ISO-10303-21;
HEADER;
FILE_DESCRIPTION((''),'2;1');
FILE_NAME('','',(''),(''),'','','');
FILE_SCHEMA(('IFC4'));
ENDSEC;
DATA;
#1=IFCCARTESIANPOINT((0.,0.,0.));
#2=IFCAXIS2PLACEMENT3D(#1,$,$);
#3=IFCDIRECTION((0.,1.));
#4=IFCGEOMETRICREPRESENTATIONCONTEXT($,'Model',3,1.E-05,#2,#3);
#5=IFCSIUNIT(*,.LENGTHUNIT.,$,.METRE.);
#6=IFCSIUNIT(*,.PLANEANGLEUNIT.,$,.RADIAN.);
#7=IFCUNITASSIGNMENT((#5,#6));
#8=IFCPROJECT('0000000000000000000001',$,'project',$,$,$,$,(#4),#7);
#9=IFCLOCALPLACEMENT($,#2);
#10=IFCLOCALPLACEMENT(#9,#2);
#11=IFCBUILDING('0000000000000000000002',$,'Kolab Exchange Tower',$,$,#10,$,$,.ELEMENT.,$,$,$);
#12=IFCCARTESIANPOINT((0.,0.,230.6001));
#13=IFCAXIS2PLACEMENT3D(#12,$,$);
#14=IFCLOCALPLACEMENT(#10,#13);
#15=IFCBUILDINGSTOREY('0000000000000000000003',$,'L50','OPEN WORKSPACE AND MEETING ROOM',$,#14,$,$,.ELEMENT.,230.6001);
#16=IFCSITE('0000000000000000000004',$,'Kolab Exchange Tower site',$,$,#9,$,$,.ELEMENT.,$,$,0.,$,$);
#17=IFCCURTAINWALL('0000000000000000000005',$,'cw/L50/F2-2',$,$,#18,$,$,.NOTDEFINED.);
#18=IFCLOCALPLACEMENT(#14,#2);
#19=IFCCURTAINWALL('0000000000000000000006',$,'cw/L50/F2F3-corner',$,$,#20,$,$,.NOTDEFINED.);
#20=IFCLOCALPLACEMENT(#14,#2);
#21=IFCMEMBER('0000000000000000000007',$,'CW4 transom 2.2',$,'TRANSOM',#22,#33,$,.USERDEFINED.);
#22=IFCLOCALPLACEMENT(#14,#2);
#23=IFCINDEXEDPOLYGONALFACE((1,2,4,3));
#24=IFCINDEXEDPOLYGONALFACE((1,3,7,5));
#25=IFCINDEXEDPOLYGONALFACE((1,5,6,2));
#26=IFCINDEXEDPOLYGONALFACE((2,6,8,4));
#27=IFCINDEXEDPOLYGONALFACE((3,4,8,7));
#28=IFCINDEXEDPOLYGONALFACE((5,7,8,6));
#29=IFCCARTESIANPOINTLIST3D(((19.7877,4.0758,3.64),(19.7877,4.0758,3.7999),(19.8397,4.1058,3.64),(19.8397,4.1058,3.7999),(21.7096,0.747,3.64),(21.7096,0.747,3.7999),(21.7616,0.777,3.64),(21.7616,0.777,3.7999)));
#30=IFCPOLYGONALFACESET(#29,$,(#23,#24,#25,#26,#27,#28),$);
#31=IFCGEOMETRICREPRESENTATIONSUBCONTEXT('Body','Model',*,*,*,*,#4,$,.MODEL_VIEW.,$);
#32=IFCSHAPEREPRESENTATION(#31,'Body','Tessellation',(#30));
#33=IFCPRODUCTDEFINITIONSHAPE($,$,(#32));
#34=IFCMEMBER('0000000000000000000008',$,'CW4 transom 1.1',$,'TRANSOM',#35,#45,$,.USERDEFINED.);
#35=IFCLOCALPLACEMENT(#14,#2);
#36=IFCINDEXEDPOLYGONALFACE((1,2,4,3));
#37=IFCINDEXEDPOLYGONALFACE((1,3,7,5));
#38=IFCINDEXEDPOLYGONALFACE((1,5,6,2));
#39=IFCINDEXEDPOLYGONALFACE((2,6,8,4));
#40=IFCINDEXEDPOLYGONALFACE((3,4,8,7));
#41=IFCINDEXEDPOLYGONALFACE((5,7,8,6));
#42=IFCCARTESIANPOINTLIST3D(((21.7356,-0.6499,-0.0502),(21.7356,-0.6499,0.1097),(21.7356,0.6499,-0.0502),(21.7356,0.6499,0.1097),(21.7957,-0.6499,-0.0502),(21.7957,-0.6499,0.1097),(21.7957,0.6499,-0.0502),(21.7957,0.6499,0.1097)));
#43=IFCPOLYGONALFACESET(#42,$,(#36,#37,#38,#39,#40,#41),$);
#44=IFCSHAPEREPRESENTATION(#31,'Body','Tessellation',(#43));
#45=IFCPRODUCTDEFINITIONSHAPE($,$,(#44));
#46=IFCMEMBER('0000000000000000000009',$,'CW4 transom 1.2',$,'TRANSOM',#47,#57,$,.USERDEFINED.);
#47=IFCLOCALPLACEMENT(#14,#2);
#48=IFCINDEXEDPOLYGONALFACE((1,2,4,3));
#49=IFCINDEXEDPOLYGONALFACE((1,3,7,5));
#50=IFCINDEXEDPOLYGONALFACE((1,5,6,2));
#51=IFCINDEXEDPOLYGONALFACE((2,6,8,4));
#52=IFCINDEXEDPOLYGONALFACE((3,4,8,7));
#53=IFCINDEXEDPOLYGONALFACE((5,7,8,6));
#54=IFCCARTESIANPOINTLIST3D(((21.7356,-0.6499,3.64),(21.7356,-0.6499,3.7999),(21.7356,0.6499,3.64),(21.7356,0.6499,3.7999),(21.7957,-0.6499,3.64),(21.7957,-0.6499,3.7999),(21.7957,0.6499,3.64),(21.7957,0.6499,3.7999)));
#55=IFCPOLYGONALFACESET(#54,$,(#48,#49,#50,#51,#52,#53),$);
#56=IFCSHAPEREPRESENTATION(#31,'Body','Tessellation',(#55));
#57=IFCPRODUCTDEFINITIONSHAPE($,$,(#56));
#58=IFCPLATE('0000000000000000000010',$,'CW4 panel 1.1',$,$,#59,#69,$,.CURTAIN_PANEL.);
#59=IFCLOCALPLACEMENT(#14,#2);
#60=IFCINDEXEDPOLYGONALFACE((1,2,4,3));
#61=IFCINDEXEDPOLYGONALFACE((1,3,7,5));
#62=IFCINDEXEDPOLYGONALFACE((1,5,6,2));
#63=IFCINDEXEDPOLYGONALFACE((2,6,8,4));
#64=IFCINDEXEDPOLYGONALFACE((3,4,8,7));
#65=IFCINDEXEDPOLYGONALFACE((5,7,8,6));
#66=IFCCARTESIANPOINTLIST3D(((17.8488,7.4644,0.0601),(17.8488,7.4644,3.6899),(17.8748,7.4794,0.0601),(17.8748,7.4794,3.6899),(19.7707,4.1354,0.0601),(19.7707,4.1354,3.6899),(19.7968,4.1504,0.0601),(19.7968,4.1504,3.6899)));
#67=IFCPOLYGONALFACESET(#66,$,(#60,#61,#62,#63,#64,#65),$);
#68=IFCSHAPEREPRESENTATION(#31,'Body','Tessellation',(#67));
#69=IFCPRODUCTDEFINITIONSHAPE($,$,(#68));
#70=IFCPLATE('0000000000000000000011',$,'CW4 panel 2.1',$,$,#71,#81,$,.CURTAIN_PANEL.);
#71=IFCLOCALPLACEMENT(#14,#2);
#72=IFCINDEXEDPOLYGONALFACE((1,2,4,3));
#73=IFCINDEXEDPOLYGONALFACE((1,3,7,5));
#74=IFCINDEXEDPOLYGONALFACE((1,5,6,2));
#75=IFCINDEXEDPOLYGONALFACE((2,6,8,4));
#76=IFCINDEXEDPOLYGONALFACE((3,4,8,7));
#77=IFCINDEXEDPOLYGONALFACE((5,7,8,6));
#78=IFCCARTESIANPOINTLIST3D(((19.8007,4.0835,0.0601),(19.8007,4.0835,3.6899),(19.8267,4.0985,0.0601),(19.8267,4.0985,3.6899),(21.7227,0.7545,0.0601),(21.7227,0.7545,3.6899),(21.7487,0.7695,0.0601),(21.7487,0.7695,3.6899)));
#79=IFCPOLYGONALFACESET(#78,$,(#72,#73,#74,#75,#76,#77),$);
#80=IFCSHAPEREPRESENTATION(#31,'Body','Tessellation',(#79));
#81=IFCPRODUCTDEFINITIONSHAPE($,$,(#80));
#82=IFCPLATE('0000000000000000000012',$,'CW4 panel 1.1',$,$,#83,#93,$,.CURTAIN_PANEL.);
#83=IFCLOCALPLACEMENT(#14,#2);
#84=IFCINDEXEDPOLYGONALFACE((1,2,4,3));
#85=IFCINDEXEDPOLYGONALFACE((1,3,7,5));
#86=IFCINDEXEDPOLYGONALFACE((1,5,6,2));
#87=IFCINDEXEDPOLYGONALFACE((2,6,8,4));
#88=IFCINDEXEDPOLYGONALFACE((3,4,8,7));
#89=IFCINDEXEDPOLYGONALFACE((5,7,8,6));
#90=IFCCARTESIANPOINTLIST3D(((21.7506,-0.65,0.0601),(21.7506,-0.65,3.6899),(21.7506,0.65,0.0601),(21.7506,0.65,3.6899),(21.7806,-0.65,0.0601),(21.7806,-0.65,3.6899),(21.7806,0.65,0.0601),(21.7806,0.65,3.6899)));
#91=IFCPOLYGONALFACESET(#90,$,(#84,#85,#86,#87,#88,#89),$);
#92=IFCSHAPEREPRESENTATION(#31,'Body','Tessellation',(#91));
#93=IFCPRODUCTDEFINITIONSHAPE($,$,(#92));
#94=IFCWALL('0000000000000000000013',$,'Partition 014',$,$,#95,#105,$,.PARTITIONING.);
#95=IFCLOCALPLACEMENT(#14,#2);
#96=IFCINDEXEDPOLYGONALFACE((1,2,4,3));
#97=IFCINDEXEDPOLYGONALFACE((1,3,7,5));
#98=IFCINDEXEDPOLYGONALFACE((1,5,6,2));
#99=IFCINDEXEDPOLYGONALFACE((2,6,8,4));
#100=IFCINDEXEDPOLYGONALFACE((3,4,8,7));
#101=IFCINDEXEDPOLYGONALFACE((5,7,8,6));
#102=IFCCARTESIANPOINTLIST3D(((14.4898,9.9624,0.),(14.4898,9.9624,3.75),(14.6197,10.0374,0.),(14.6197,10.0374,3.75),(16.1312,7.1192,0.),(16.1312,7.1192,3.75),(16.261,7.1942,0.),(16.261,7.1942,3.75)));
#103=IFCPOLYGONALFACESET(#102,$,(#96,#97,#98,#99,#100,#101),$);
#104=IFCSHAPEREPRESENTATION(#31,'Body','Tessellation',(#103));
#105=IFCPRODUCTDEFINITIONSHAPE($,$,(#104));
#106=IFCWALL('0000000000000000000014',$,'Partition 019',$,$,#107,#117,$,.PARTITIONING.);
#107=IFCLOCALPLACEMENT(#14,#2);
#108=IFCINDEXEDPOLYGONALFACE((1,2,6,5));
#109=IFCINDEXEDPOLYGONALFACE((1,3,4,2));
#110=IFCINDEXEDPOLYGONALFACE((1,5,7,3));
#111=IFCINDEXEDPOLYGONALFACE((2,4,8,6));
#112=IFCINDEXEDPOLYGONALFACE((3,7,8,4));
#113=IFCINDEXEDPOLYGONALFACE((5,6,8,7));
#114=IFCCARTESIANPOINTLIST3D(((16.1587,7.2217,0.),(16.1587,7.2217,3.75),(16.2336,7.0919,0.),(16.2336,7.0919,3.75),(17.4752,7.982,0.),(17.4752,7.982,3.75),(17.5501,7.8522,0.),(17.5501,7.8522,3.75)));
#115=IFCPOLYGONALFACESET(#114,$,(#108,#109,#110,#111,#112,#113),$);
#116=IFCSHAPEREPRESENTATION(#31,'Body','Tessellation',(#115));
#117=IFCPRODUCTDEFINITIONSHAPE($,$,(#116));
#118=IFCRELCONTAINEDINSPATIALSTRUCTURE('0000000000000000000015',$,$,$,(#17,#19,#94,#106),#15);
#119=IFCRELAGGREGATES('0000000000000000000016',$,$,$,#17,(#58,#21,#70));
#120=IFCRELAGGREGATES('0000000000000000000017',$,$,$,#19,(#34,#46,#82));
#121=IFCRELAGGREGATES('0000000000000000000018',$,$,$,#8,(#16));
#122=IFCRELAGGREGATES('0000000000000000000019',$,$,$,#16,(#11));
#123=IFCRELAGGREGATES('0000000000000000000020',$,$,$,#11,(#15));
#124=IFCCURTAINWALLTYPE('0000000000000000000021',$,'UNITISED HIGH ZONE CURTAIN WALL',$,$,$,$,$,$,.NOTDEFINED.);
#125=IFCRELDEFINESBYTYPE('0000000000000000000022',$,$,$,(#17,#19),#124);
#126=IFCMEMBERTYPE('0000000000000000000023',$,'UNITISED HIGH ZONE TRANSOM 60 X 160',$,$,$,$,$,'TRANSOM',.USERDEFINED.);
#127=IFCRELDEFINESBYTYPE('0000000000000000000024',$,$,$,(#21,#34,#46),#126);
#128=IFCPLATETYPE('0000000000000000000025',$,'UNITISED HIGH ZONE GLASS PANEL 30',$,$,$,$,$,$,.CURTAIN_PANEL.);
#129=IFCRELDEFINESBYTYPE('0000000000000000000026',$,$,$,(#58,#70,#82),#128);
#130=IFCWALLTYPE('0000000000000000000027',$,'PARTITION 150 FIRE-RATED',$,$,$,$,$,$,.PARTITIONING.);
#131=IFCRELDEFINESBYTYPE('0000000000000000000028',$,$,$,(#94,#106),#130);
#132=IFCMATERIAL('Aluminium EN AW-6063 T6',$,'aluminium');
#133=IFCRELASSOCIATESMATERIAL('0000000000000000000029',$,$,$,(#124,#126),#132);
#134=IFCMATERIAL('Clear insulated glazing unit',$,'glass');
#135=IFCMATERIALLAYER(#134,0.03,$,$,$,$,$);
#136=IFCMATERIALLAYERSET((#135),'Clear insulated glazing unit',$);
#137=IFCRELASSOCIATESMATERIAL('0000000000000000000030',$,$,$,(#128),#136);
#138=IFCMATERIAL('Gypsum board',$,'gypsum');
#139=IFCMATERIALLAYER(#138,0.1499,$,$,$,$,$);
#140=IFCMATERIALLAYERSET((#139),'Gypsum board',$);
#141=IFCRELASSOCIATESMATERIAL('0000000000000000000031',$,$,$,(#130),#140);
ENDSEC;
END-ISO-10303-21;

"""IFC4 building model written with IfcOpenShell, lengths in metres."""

from ifc_helpers import new_model, si_unit, direction, frame, frame_2d, origin, origin_2d, place, context, subcontext, project, spatial, rectangle, extrude, material, layer, layer_set, material_profile, profile_set, type_object, element, aggregate, save


model = new_model("IFC4")

# Units and contexts
model_context = context("Model", 3, precision=1e-05, world=origin(), true_north=direction((0.0, 1.0)))
body_context = subcontext(model_context, "Body", "Model", "MODEL_VIEW")
ifc_project = project(units=[si_unit("LENGTHUNIT", "METRE"), si_unit("PLANEANGLEUNIT", "RADIAN")], contexts=[model_context])

# Site, building, storey
site_placement = place(None, origin())
site = spatial("IfcSite", under=ifc_project, at=site_placement, Name="Kolab Exchange Tower site", CompositionType="ELEMENT", RefElevation=0.0)
building_placement = place(site_placement, origin())
building = spatial("IfcBuilding", under=site, at=building_placement, Name="Kolab Exchange Tower", CompositionType="ELEMENT")
storey_placement = place(building_placement, frame((0.0, 0.0, 230.6001)))
storey = spatial("IfcBuildingStorey", under=building, at=storey_placement, Name="L50", Description="OPEN WORKSPACE AND MEETING ROOM", CompositionType="ELEMENT", Elevation=230.6001)

# Curtain wall
ifc_material_1 = material(Name="Aluminium EN AW-6063 T6", Category="aluminium")
curtain_wall_type = type_object("IfcCurtainWallType", Name="UNITISED HIGH ZONE CURTAIN WALL", PredefinedType="NOTDEFINED", material=ifc_material_1)
curtain_wall_1_placement = place(storey_placement, origin())
curtain_wall_1 = element("IfcCurtainWall", 1, at=curtain_wall_1_placement, inside=storey, type_object=curtain_wall_type, Name="cw/L50/F2-2", PredefinedType="NOTDEFINED")

# Curtain wall
curtain_wall_2_placement = place(storey_placement, origin())
curtain_wall_2 = element("IfcCurtainWall", 2, at=curtain_wall_2_placement, inside=storey, type_object=curtain_wall_type, Name="cw/L50/F2F3-corner", PredefinedType="NOTDEFINED")

# Members
ifc_material_profile_1 = material_profile(ifc_material_1, rectangle(XDim=0.0601, YDim=0.1599, at=origin_2d()), Name="RECT 60X160")
ifc_profile_set_1 = profile_set([ifc_material_profile_1], Name="Aluminium EN AW-6063 T6")
member_type_1 = type_object("IfcMemberType", Name="UNITISED HIGH ZONE TRANSOM 60 X 160", ElementType="TRANSOM", PredefinedType="USERDEFINED", material=ifc_profile_set_1)
member_1_placement = place(storey_placement, frame((19.8137, 4.0908, 3.72), z_axis=(0.499992, -0.86603, 0.0), x_axis=(0.86603, 0.499992, 0.0)))
member_1 = element("IfcMember", 3, at=member_1_placement, type_object=member_type_1, Name="CW4 transom 2.2", ObjectType="TRANSOM", PredefinedType="USERDEFINED", context=body_context, shape_type="SweptSolid", body=[
    extrude(rectangle(XDim=0.0601, YDim=0.1599, at=origin_2d()), origin(), (0.0, 0.0, 1.0), 3.8438),
])
member_2_placement = place(storey_placement, frame((21.7656, 0.6499, 0.0298), z_axis=(0.0, -1.0, 0.0), x_axis=(1.0, 0.0, 0.0)))
member_2 = element("IfcMember", 4, at=member_2_placement, type_object=member_type_1, Name="CW4 transom 1.1", ObjectType="TRANSOM", PredefinedType="USERDEFINED", context=body_context, shape_type="SweptSolid", body=[
    extrude(rectangle(XDim=0.0601, YDim=0.1599, at=origin_2d()), origin(), (0.0, 0.0, 1.0), 1.2998),
])
member_3_placement = place(storey_placement, frame((21.7656, 0.6499, 3.72), z_axis=(0.0, -1.0, 0.0), x_axis=(1.0, 0.0, 0.0)))
member_3 = element("IfcMember", 5, at=member_3_placement, type_object=member_type_1, Name="CW4 transom 1.2", ObjectType="TRANSOM", PredefinedType="USERDEFINED", context=body_context, shape_type="SweptSolid", body=[
    extrude(rectangle(XDim=0.0601, YDim=0.1599, at=origin_2d()), origin(), (0.0, 0.0, 1.0), 1.2998),
])

# Plates
ifc_material_2 = material(Name="Clear insulated glazing unit", Category="glass")
ifc_layer_1 = layer(ifc_material_2, 0.03)
ifc_layer_set_1 = layer_set([ifc_layer_1], Name="Clear insulated glazing unit")
plate_type = type_object("IfcPlateType", Name="UNITISED HIGH ZONE GLASS PANEL 30", PredefinedType="CURTAIN_PANEL", material=ifc_layer_set_1)
plate_1_placement = place(storey_placement, frame((18.8228, 5.8074, 0.0601), z_axis=(0.0, 0.0, 1.0), x_axis=(0.5, -0.866025, 0.0)))
plate_1 = element("IfcPlate", 6, at=plate_1_placement, type_object=plate_type, Name="CW4 panel 1.1", PredefinedType="CURTAIN_PANEL", context=body_context, shape_type="SweptSolid", body=[
    extrude(rectangle(XDim=3.844, YDim=0.03, at=origin_2d()), origin(), (0.0, 0.0, 1.0), 3.6299),
])
plate_2_placement = place(storey_placement, frame((20.7747, 2.4265, 0.0601), z_axis=(0.0, 0.0, 1.0), x_axis=(0.5, -0.866025, 0.0)))
plate_2 = element("IfcPlate", 7, at=plate_2_placement, type_object=plate_type, Name="CW4 panel 2.1", PredefinedType="CURTAIN_PANEL", context=body_context, shape_type="SweptSolid", body=[
    extrude(rectangle(XDim=3.844, YDim=0.03, at=origin_2d()), origin(), (0.0, 0.0, 1.0), 3.6299),
])
aggregate(curtain_wall_1, [plate_1, member_1, plate_2])
plate_3_placement = place(storey_placement, frame((21.7656, 0.0, 0.0601), z_axis=(0.0, 0.0, 1.0), x_axis=(0.0, -1.0, 0.0)))
plate_3 = element("IfcPlate", 8, at=plate_3_placement, type_object=plate_type, Name="CW4 panel 1.1", PredefinedType="CURTAIN_PANEL", context=body_context, shape_type="SweptSolid", body=[
    extrude(rectangle(XDim=1.3, YDim=0.03, at=origin_2d()), origin(), (0.0, 0.0, 1.0), 3.6299),
])
aggregate(curtain_wall_2, [member_2, member_3, plate_3])

# Walls
ifc_material_3 = material(Name="Gypsum board", Category="gypsum")
ifc_layer_2 = layer(ifc_material_3, 0.1499)
ifc_layer_set_2 = layer_set([ifc_layer_2], Name="Gypsum board")
wall_type_1 = type_object("IfcWallType", Name="PARTITION 150 FIRE-RATED", PredefinedType="PARTITIONING", material=ifc_layer_set_2)
wall_1_placement = place(storey_placement, frame((14.5547, 10.0, 0.0), z_axis=(0.0, 0.0, 1.0), x_axis=(0.499954, -0.866052, 0.0)))
element("IfcWall", 9, at=wall_1_placement, inside=storey, type_object=wall_type_1, Name="Partition 014", PredefinedType="PARTITIONING", context=body_context, shape_type="SweptSolid", body=[
    extrude(rectangle(XDim=3.283, YDim=0.1499, at=frame_2d((1.6416, 0.0))), origin(), (0.0, 0.0, 1.0), 3.75),
])
wall_2_placement = place(storey_placement, frame((16.196, 7.1567, 0.0), z_axis=(0.0, 0.0, 1.0), x_axis=(0.865961, 0.500112, 0.0)))
element("IfcWall", 10, at=wall_2_placement, inside=storey, type_object=wall_type_1, Name="Partition 019", PredefinedType="PARTITIONING", context=body_context, shape_type="SweptSolid", body=[
    extrude(rectangle(XDim=1.5203, YDim=0.1499, at=frame_2d((0.7603, 0.0))), origin(), (0.0, 0.0, 1.0), 3.75),
])

save(model, "model.ifc")
